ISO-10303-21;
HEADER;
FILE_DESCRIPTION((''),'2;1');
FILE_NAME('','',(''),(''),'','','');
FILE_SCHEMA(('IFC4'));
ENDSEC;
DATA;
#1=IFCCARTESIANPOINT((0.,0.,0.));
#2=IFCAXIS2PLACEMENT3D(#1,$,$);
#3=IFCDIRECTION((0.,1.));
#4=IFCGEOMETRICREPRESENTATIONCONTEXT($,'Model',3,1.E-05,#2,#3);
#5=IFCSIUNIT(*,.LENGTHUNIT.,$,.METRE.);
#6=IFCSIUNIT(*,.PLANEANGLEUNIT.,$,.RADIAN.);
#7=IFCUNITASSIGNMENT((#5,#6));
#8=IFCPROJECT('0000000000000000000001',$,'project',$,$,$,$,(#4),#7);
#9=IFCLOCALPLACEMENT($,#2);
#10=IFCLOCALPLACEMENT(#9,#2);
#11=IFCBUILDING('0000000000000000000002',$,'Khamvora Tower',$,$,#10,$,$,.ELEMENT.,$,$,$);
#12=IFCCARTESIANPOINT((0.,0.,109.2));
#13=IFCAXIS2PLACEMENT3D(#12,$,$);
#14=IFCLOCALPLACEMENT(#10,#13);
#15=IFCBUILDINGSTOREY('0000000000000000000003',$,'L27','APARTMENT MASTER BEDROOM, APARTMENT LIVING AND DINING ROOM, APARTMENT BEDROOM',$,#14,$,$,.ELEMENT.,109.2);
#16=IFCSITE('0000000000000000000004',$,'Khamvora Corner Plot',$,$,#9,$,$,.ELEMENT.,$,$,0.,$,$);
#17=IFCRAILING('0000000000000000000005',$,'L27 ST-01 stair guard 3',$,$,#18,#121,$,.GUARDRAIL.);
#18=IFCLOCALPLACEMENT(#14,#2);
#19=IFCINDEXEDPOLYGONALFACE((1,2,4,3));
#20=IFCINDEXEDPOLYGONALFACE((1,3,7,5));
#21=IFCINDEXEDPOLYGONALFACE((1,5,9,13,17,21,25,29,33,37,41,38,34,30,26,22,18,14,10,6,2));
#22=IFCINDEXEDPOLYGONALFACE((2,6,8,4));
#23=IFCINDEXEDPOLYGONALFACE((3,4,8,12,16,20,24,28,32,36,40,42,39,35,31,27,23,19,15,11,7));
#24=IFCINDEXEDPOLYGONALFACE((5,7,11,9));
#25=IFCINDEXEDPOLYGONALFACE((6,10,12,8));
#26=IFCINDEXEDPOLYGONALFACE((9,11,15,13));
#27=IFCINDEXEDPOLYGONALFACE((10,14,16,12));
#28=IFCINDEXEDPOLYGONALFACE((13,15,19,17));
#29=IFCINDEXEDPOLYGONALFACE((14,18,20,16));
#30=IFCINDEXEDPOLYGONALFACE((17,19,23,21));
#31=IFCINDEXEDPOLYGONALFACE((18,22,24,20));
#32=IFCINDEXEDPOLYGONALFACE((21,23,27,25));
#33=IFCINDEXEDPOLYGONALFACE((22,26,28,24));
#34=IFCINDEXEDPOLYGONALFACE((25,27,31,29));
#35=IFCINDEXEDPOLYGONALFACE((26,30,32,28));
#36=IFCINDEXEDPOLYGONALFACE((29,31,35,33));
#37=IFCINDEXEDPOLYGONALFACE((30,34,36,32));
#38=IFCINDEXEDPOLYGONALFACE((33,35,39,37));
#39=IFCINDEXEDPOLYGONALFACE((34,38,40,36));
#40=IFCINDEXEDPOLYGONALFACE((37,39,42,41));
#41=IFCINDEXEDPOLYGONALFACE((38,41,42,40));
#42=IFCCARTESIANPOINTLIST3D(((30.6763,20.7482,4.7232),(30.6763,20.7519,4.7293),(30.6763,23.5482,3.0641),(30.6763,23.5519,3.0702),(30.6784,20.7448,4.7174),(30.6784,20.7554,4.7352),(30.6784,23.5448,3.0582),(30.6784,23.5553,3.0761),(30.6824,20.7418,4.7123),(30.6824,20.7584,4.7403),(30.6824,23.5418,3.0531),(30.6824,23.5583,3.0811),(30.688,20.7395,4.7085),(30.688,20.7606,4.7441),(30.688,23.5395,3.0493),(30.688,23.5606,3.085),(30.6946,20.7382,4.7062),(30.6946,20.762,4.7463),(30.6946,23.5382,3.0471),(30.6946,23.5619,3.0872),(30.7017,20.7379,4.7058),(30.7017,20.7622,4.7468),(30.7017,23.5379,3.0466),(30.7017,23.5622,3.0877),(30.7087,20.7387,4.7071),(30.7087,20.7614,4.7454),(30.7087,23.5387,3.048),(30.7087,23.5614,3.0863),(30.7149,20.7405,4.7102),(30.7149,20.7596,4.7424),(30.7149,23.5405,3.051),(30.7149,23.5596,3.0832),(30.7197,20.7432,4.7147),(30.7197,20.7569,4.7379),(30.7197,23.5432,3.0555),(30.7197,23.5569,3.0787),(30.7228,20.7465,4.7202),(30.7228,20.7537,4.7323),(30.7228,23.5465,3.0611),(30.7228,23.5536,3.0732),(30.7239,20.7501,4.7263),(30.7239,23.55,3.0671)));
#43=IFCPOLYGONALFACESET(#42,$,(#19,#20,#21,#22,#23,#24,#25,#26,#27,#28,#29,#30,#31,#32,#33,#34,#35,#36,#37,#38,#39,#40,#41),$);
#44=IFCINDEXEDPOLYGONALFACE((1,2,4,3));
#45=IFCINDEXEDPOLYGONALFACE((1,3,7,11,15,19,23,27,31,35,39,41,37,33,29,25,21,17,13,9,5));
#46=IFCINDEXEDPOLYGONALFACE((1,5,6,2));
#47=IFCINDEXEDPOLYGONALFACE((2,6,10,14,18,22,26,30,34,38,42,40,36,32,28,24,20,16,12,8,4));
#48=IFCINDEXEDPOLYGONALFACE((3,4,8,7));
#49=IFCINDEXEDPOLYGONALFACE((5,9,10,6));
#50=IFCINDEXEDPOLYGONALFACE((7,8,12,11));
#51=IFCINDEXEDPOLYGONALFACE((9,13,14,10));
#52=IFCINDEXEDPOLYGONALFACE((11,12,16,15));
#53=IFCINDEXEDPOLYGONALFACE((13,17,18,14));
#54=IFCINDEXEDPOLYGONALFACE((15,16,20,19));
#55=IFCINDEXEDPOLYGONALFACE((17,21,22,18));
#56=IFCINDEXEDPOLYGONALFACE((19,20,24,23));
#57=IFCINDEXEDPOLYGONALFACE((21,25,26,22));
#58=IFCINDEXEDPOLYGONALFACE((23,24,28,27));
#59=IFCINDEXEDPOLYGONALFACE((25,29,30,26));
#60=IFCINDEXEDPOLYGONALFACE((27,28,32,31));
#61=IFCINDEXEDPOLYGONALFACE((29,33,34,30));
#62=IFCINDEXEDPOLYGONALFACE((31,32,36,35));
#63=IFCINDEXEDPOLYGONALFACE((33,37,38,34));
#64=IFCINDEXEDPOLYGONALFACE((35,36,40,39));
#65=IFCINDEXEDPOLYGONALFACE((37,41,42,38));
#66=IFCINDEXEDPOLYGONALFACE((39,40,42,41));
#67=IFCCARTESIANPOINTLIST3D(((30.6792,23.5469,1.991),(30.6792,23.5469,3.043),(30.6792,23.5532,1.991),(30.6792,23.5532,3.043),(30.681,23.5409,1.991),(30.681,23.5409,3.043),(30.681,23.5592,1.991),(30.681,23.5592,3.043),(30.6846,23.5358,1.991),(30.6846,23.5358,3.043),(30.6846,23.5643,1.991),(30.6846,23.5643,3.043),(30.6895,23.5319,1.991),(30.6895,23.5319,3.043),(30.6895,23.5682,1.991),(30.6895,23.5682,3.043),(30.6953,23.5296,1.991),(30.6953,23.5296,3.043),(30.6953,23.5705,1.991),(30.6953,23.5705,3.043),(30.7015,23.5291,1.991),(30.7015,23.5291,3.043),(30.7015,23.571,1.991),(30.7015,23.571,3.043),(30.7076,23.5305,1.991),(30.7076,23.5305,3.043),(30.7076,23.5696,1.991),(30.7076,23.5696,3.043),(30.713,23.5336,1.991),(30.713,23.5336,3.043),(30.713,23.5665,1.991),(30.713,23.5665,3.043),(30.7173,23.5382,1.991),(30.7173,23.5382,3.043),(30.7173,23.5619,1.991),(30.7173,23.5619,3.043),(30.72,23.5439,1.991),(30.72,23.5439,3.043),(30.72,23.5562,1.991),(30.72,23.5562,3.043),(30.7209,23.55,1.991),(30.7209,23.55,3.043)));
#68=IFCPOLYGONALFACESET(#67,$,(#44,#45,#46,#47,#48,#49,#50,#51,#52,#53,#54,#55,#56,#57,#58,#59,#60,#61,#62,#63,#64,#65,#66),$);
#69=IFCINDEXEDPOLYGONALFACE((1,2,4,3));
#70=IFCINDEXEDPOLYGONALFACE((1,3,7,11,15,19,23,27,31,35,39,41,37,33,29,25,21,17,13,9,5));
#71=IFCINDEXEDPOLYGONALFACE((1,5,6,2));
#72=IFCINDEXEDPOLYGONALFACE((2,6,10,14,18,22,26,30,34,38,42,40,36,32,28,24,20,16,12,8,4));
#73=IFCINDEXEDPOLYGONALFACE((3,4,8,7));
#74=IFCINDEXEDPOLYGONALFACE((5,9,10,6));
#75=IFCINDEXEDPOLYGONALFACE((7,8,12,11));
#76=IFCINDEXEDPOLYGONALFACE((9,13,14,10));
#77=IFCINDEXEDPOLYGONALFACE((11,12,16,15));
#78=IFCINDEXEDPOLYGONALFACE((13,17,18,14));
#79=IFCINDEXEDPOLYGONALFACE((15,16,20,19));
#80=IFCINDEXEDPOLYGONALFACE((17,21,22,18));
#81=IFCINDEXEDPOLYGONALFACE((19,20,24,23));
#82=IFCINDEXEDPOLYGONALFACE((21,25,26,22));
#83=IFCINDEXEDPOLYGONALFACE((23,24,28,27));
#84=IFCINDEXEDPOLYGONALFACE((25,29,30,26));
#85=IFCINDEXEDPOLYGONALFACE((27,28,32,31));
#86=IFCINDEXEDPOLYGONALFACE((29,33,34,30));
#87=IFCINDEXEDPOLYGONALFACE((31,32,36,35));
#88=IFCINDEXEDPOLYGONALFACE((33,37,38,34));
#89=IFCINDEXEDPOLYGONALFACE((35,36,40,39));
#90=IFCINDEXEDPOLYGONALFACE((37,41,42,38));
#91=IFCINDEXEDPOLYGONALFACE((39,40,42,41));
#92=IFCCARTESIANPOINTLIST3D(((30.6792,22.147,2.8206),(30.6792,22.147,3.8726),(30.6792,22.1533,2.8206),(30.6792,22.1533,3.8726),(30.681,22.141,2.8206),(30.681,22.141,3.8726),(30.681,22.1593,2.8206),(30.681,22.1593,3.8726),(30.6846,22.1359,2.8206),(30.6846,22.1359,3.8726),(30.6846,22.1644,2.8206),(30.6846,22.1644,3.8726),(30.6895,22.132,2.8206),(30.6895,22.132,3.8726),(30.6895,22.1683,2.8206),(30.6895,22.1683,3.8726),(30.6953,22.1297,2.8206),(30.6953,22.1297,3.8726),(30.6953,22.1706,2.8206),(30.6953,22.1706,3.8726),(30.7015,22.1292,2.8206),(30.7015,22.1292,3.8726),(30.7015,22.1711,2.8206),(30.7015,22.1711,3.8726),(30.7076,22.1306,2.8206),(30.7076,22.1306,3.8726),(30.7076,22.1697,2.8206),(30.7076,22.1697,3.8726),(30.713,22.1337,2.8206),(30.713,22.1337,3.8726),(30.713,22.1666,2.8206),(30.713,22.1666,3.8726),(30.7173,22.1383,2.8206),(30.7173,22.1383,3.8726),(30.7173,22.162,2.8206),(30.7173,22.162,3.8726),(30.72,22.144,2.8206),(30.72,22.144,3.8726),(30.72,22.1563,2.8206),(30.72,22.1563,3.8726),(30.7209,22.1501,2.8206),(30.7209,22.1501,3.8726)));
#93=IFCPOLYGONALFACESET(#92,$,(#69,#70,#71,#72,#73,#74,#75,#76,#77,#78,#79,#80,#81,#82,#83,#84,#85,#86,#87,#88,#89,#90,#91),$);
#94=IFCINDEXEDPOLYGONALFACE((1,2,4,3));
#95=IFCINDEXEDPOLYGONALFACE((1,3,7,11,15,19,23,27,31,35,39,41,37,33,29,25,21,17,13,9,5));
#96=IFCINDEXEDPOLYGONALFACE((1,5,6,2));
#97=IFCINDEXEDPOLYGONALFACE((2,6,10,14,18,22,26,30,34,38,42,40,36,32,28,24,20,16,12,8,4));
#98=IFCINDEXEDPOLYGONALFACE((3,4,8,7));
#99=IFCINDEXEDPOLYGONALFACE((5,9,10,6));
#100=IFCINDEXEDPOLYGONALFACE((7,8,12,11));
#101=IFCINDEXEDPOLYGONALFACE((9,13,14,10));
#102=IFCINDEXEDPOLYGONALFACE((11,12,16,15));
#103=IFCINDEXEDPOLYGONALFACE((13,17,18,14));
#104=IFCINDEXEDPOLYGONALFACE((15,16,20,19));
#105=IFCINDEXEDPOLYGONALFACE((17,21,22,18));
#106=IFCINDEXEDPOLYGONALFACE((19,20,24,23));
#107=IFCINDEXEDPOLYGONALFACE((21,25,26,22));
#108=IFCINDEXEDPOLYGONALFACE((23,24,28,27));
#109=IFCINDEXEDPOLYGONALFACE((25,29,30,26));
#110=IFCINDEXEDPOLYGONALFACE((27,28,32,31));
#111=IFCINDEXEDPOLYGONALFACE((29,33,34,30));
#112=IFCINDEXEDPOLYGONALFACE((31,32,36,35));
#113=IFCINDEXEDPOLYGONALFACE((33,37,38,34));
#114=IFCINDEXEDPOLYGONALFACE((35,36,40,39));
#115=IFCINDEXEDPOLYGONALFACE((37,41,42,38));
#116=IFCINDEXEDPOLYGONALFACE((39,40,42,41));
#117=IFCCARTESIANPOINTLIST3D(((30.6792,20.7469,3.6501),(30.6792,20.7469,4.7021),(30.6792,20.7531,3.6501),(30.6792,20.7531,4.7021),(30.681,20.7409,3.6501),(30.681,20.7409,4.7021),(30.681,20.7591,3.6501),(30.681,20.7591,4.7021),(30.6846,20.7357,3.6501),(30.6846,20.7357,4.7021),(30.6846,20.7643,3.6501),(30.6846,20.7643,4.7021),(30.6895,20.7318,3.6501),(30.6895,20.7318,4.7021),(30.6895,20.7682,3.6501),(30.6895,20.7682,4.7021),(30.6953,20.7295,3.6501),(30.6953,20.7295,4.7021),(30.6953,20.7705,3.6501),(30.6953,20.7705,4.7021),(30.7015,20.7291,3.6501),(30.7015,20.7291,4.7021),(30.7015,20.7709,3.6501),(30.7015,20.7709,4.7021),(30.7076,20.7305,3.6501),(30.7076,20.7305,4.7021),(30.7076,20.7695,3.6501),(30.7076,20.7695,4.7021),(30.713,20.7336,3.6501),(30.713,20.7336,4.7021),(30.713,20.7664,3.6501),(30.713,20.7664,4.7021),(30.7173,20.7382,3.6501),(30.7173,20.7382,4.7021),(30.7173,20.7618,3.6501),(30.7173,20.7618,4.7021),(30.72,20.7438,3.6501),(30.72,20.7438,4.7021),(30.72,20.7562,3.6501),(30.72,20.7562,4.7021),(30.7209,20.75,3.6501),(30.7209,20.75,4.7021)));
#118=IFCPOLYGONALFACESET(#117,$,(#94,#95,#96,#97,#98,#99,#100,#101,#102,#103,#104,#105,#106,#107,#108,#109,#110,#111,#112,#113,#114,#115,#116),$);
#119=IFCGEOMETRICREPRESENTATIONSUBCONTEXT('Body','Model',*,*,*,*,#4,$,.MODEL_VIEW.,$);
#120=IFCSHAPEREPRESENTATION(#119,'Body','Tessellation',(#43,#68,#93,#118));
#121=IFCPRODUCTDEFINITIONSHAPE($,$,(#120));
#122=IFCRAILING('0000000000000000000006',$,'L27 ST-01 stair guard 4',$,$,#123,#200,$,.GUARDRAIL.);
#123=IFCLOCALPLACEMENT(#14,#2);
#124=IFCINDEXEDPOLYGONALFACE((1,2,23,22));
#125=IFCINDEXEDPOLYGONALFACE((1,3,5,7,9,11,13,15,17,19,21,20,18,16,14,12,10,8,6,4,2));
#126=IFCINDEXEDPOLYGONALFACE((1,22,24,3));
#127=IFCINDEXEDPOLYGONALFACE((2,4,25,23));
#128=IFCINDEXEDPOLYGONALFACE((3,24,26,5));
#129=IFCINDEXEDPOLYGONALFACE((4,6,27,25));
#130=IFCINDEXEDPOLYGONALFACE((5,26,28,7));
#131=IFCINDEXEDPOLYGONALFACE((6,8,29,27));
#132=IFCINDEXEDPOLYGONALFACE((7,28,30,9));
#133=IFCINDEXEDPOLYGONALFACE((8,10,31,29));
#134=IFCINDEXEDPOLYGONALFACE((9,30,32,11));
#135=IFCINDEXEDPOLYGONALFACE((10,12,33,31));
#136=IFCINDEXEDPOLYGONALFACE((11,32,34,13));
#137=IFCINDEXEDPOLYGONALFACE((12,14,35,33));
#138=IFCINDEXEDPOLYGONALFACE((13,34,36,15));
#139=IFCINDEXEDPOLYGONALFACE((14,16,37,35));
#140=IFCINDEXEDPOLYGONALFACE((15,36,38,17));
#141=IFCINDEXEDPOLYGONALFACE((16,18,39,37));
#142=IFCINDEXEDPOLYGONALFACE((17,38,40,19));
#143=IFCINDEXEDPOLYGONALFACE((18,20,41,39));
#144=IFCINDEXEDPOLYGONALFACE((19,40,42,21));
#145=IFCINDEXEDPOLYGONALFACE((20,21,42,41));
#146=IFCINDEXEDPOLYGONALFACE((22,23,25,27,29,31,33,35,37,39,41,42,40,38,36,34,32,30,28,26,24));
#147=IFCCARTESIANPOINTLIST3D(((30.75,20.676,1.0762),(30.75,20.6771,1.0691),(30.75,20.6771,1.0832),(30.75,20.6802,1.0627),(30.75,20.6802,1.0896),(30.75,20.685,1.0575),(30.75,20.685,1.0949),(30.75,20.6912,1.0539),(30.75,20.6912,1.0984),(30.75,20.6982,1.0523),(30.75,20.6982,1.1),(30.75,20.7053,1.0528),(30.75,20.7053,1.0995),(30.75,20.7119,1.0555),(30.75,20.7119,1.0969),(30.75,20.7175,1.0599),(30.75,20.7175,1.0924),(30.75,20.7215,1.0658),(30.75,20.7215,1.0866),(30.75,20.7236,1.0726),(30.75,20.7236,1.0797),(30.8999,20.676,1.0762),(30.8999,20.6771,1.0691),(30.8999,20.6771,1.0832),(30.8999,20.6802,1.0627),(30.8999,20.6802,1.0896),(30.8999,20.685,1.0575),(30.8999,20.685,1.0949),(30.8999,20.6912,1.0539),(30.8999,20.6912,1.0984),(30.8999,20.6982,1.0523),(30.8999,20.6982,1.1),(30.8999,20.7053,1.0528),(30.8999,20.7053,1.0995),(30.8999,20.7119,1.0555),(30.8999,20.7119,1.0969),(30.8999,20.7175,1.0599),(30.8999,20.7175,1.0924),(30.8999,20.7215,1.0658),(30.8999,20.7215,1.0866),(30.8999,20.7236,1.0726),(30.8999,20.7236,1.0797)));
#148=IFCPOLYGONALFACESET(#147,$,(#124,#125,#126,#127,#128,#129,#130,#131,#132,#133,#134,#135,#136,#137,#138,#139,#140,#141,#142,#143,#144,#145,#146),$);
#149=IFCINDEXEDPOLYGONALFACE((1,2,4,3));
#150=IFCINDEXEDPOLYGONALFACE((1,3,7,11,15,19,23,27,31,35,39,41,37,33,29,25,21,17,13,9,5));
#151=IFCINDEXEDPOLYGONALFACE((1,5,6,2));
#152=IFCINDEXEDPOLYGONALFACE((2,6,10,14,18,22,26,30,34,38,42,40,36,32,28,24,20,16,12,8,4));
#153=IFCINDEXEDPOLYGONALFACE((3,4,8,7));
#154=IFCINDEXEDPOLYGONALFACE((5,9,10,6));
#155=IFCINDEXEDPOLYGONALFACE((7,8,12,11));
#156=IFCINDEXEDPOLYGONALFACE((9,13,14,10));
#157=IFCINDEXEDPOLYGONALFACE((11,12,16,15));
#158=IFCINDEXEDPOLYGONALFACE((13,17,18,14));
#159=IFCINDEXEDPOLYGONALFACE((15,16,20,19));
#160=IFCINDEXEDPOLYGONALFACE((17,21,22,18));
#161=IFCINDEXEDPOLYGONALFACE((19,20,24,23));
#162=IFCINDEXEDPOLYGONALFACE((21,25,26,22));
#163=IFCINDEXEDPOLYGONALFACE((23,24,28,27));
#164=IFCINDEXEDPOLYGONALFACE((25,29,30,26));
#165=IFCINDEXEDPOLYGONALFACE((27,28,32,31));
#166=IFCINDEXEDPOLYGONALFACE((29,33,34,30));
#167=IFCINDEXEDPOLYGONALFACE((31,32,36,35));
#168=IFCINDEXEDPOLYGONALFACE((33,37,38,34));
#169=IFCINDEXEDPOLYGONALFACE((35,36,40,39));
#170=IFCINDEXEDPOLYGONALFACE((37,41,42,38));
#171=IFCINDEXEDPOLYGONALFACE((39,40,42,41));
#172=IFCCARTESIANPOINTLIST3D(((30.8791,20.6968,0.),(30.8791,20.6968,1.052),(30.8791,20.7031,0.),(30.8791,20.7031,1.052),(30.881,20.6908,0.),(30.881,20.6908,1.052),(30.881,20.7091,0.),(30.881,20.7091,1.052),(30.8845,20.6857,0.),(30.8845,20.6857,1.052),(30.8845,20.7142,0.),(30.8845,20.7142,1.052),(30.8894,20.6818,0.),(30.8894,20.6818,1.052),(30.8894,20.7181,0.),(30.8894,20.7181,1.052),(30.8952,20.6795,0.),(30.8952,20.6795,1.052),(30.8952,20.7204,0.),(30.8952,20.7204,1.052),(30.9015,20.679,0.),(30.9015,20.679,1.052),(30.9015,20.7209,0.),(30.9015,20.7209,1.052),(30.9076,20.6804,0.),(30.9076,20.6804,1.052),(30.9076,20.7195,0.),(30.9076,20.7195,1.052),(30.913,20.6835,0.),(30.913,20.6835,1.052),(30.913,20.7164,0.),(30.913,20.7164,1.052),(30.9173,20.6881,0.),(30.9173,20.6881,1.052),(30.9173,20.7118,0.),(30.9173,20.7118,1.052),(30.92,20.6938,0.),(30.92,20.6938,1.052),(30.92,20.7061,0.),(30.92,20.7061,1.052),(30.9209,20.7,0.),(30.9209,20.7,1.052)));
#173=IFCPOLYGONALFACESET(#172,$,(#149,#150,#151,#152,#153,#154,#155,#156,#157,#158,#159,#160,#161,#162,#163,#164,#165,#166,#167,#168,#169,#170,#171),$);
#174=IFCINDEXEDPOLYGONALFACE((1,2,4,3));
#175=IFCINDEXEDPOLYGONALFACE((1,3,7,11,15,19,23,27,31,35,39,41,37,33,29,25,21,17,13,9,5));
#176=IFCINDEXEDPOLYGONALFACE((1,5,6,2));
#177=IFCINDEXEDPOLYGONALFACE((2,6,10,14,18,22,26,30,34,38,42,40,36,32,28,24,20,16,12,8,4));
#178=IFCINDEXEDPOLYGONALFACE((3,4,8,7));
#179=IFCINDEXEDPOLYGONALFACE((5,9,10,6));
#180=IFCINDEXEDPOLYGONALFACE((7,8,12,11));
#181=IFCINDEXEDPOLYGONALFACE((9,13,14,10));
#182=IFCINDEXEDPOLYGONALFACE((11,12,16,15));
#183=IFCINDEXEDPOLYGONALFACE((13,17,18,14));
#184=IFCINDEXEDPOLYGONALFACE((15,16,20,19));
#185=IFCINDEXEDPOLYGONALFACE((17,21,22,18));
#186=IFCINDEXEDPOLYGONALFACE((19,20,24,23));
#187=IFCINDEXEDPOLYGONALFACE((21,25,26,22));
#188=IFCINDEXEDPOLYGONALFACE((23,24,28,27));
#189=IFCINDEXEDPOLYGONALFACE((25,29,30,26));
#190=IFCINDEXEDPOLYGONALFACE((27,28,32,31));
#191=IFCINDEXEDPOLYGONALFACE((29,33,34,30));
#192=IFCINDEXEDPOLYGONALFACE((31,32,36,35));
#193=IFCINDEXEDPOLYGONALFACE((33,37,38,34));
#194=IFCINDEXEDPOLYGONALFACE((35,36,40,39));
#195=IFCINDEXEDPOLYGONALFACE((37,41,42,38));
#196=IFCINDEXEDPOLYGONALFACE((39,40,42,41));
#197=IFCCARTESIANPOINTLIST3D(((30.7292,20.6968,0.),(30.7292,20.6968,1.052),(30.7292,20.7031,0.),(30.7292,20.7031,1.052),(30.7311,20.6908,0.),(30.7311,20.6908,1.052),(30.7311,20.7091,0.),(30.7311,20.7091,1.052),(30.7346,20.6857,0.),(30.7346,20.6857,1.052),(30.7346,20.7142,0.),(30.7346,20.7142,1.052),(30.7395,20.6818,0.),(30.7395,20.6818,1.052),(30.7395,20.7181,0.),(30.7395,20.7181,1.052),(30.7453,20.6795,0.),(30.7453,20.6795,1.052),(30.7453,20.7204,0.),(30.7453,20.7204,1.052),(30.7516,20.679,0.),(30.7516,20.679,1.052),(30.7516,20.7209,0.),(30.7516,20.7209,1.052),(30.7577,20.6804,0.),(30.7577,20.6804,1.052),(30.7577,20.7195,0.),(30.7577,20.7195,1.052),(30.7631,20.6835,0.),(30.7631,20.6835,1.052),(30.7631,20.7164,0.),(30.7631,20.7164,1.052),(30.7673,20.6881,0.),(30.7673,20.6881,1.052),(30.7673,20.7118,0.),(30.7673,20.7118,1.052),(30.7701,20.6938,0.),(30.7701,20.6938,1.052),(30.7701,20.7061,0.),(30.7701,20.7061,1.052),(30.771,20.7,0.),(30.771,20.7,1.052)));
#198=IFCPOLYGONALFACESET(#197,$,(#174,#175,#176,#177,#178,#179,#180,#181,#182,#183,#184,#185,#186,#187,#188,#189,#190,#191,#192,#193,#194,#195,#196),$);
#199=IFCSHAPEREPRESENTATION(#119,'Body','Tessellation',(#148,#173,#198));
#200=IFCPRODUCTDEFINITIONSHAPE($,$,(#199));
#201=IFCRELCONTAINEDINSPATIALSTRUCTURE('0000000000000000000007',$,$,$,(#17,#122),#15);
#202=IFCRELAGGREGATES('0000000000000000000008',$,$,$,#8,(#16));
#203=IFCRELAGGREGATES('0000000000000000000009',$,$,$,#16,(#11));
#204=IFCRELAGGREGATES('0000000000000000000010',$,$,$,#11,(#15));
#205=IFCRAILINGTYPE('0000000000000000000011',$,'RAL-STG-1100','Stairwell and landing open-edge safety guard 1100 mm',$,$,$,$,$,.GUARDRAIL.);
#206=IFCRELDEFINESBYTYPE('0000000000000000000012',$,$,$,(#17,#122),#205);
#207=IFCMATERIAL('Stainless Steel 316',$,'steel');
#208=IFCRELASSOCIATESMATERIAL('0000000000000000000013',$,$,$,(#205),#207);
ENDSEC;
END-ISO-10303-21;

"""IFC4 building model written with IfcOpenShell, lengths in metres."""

from ifc_helpers import new_model, si_unit, direction, frame, origin, origin_2d, place, context, subcontext, project, spatial, circle, extrude, material, type_object, element, save


model = new_model("IFC4")

# Units and contexts
model_context = context("Model", 3, precision=1e-05, world=origin(), true_north=direction((0.0, 1.0)))
body_context = subcontext(model_context, "Body", "Model", "MODEL_VIEW")
ifc_project = project(units=[si_unit("LENGTHUNIT", "METRE"), si_unit("PLANEANGLEUNIT", "RADIAN")], contexts=[model_context])

# Site, building, storey
site_placement = place(None, origin())
site = spatial("IfcSite", under=ifc_project, at=site_placement, Name="Khamvora Corner Plot", CompositionType="ELEMENT", RefElevation=0.0)
building_placement = place(site_placement, origin())
building = spatial("IfcBuilding", under=site, at=building_placement, Name="Khamvora Tower", CompositionType="ELEMENT")
storey_placement = place(building_placement, frame((0.0, 0.0, 109.2)))
storey = spatial("IfcBuildingStorey", under=building, at=storey_placement, Name="L27", Description="APARTMENT MASTER BEDROOM, APARTMENT LIVING AND DINING ROOM, APARTMENT BEDROOM", CompositionType="ELEMENT", Elevation=109.2)

# Railings
ifc_material_1 = material(Name="Stainless Steel 316", Category="steel")
railing_type_1 = type_object("IfcRailingType", Name="RAL-STG-1100", Description="Stairwell and landing open-edge safety guard 1100 mm", PredefinedType="GUARDRAIL", material=ifc_material_1)
railing_1_placement = place(storey_placement, frame((30.7, 23.55, 1.991)))
element("IfcRailing", 1, at=railing_1_placement, inside=storey, type_object=railing_type_1, Name="L27 ST-01 stair guard 3", PredefinedType="GUARDRAIL", context=body_context, shape_type="SweptSolid", body=[
    extrude(circle(Radius=0.0239, at=origin_2d()), frame((0.0, 0.0, 1.0762), z_axis=(0.0, -0.860306, 0.509778), x_axis=(1.0, 0.0, 0.0)), (0.0, 0.0, 1.0), 3.2546),
    extrude(circle(Radius=0.021, at=origin_2d()), origin(), (0.0, 0.0, 1.0), 1.052),
    extrude(circle(Radius=0.021, at=origin_2d()), frame((0.0, -1.3999, 0.8296)), (0.0, 0.0, 1.0), 1.052),
    extrude(circle(Radius=0.021, at=origin_2d()), frame((0.0, -2.8, 1.6592)), (0.0, 0.0, 1.0), 1.052),
])
railing_2_placement = place(storey_placement, frame((30.8999, 20.7, 0.0)))
element("IfcRailing", 2, at=railing_2_placement, inside=storey, type_object=railing_type_1, Name="L27 ST-01 stair guard 4", PredefinedType="GUARDRAIL", context=body_context, shape_type="SweptSolid", body=[
    extrude(circle(Radius=0.0239, at=origin_2d()), frame((0.0, 0.0, 1.0762), z_axis=(-1.0, 0.0, 0.0), x_axis=(0.0, -1.0, 0.0)), (0.0, 0.0, 1.0), 0.1499),
    extrude(circle(Radius=0.021, at=origin_2d()), origin(), (0.0, 0.0, 1.0), 1.052),
    extrude(circle(Radius=0.021, at=origin_2d()), frame((-0.1499, 0.0, 0.0)), (0.0, 0.0, 1.0), 1.052),
])

save(model, "model.ifc")
